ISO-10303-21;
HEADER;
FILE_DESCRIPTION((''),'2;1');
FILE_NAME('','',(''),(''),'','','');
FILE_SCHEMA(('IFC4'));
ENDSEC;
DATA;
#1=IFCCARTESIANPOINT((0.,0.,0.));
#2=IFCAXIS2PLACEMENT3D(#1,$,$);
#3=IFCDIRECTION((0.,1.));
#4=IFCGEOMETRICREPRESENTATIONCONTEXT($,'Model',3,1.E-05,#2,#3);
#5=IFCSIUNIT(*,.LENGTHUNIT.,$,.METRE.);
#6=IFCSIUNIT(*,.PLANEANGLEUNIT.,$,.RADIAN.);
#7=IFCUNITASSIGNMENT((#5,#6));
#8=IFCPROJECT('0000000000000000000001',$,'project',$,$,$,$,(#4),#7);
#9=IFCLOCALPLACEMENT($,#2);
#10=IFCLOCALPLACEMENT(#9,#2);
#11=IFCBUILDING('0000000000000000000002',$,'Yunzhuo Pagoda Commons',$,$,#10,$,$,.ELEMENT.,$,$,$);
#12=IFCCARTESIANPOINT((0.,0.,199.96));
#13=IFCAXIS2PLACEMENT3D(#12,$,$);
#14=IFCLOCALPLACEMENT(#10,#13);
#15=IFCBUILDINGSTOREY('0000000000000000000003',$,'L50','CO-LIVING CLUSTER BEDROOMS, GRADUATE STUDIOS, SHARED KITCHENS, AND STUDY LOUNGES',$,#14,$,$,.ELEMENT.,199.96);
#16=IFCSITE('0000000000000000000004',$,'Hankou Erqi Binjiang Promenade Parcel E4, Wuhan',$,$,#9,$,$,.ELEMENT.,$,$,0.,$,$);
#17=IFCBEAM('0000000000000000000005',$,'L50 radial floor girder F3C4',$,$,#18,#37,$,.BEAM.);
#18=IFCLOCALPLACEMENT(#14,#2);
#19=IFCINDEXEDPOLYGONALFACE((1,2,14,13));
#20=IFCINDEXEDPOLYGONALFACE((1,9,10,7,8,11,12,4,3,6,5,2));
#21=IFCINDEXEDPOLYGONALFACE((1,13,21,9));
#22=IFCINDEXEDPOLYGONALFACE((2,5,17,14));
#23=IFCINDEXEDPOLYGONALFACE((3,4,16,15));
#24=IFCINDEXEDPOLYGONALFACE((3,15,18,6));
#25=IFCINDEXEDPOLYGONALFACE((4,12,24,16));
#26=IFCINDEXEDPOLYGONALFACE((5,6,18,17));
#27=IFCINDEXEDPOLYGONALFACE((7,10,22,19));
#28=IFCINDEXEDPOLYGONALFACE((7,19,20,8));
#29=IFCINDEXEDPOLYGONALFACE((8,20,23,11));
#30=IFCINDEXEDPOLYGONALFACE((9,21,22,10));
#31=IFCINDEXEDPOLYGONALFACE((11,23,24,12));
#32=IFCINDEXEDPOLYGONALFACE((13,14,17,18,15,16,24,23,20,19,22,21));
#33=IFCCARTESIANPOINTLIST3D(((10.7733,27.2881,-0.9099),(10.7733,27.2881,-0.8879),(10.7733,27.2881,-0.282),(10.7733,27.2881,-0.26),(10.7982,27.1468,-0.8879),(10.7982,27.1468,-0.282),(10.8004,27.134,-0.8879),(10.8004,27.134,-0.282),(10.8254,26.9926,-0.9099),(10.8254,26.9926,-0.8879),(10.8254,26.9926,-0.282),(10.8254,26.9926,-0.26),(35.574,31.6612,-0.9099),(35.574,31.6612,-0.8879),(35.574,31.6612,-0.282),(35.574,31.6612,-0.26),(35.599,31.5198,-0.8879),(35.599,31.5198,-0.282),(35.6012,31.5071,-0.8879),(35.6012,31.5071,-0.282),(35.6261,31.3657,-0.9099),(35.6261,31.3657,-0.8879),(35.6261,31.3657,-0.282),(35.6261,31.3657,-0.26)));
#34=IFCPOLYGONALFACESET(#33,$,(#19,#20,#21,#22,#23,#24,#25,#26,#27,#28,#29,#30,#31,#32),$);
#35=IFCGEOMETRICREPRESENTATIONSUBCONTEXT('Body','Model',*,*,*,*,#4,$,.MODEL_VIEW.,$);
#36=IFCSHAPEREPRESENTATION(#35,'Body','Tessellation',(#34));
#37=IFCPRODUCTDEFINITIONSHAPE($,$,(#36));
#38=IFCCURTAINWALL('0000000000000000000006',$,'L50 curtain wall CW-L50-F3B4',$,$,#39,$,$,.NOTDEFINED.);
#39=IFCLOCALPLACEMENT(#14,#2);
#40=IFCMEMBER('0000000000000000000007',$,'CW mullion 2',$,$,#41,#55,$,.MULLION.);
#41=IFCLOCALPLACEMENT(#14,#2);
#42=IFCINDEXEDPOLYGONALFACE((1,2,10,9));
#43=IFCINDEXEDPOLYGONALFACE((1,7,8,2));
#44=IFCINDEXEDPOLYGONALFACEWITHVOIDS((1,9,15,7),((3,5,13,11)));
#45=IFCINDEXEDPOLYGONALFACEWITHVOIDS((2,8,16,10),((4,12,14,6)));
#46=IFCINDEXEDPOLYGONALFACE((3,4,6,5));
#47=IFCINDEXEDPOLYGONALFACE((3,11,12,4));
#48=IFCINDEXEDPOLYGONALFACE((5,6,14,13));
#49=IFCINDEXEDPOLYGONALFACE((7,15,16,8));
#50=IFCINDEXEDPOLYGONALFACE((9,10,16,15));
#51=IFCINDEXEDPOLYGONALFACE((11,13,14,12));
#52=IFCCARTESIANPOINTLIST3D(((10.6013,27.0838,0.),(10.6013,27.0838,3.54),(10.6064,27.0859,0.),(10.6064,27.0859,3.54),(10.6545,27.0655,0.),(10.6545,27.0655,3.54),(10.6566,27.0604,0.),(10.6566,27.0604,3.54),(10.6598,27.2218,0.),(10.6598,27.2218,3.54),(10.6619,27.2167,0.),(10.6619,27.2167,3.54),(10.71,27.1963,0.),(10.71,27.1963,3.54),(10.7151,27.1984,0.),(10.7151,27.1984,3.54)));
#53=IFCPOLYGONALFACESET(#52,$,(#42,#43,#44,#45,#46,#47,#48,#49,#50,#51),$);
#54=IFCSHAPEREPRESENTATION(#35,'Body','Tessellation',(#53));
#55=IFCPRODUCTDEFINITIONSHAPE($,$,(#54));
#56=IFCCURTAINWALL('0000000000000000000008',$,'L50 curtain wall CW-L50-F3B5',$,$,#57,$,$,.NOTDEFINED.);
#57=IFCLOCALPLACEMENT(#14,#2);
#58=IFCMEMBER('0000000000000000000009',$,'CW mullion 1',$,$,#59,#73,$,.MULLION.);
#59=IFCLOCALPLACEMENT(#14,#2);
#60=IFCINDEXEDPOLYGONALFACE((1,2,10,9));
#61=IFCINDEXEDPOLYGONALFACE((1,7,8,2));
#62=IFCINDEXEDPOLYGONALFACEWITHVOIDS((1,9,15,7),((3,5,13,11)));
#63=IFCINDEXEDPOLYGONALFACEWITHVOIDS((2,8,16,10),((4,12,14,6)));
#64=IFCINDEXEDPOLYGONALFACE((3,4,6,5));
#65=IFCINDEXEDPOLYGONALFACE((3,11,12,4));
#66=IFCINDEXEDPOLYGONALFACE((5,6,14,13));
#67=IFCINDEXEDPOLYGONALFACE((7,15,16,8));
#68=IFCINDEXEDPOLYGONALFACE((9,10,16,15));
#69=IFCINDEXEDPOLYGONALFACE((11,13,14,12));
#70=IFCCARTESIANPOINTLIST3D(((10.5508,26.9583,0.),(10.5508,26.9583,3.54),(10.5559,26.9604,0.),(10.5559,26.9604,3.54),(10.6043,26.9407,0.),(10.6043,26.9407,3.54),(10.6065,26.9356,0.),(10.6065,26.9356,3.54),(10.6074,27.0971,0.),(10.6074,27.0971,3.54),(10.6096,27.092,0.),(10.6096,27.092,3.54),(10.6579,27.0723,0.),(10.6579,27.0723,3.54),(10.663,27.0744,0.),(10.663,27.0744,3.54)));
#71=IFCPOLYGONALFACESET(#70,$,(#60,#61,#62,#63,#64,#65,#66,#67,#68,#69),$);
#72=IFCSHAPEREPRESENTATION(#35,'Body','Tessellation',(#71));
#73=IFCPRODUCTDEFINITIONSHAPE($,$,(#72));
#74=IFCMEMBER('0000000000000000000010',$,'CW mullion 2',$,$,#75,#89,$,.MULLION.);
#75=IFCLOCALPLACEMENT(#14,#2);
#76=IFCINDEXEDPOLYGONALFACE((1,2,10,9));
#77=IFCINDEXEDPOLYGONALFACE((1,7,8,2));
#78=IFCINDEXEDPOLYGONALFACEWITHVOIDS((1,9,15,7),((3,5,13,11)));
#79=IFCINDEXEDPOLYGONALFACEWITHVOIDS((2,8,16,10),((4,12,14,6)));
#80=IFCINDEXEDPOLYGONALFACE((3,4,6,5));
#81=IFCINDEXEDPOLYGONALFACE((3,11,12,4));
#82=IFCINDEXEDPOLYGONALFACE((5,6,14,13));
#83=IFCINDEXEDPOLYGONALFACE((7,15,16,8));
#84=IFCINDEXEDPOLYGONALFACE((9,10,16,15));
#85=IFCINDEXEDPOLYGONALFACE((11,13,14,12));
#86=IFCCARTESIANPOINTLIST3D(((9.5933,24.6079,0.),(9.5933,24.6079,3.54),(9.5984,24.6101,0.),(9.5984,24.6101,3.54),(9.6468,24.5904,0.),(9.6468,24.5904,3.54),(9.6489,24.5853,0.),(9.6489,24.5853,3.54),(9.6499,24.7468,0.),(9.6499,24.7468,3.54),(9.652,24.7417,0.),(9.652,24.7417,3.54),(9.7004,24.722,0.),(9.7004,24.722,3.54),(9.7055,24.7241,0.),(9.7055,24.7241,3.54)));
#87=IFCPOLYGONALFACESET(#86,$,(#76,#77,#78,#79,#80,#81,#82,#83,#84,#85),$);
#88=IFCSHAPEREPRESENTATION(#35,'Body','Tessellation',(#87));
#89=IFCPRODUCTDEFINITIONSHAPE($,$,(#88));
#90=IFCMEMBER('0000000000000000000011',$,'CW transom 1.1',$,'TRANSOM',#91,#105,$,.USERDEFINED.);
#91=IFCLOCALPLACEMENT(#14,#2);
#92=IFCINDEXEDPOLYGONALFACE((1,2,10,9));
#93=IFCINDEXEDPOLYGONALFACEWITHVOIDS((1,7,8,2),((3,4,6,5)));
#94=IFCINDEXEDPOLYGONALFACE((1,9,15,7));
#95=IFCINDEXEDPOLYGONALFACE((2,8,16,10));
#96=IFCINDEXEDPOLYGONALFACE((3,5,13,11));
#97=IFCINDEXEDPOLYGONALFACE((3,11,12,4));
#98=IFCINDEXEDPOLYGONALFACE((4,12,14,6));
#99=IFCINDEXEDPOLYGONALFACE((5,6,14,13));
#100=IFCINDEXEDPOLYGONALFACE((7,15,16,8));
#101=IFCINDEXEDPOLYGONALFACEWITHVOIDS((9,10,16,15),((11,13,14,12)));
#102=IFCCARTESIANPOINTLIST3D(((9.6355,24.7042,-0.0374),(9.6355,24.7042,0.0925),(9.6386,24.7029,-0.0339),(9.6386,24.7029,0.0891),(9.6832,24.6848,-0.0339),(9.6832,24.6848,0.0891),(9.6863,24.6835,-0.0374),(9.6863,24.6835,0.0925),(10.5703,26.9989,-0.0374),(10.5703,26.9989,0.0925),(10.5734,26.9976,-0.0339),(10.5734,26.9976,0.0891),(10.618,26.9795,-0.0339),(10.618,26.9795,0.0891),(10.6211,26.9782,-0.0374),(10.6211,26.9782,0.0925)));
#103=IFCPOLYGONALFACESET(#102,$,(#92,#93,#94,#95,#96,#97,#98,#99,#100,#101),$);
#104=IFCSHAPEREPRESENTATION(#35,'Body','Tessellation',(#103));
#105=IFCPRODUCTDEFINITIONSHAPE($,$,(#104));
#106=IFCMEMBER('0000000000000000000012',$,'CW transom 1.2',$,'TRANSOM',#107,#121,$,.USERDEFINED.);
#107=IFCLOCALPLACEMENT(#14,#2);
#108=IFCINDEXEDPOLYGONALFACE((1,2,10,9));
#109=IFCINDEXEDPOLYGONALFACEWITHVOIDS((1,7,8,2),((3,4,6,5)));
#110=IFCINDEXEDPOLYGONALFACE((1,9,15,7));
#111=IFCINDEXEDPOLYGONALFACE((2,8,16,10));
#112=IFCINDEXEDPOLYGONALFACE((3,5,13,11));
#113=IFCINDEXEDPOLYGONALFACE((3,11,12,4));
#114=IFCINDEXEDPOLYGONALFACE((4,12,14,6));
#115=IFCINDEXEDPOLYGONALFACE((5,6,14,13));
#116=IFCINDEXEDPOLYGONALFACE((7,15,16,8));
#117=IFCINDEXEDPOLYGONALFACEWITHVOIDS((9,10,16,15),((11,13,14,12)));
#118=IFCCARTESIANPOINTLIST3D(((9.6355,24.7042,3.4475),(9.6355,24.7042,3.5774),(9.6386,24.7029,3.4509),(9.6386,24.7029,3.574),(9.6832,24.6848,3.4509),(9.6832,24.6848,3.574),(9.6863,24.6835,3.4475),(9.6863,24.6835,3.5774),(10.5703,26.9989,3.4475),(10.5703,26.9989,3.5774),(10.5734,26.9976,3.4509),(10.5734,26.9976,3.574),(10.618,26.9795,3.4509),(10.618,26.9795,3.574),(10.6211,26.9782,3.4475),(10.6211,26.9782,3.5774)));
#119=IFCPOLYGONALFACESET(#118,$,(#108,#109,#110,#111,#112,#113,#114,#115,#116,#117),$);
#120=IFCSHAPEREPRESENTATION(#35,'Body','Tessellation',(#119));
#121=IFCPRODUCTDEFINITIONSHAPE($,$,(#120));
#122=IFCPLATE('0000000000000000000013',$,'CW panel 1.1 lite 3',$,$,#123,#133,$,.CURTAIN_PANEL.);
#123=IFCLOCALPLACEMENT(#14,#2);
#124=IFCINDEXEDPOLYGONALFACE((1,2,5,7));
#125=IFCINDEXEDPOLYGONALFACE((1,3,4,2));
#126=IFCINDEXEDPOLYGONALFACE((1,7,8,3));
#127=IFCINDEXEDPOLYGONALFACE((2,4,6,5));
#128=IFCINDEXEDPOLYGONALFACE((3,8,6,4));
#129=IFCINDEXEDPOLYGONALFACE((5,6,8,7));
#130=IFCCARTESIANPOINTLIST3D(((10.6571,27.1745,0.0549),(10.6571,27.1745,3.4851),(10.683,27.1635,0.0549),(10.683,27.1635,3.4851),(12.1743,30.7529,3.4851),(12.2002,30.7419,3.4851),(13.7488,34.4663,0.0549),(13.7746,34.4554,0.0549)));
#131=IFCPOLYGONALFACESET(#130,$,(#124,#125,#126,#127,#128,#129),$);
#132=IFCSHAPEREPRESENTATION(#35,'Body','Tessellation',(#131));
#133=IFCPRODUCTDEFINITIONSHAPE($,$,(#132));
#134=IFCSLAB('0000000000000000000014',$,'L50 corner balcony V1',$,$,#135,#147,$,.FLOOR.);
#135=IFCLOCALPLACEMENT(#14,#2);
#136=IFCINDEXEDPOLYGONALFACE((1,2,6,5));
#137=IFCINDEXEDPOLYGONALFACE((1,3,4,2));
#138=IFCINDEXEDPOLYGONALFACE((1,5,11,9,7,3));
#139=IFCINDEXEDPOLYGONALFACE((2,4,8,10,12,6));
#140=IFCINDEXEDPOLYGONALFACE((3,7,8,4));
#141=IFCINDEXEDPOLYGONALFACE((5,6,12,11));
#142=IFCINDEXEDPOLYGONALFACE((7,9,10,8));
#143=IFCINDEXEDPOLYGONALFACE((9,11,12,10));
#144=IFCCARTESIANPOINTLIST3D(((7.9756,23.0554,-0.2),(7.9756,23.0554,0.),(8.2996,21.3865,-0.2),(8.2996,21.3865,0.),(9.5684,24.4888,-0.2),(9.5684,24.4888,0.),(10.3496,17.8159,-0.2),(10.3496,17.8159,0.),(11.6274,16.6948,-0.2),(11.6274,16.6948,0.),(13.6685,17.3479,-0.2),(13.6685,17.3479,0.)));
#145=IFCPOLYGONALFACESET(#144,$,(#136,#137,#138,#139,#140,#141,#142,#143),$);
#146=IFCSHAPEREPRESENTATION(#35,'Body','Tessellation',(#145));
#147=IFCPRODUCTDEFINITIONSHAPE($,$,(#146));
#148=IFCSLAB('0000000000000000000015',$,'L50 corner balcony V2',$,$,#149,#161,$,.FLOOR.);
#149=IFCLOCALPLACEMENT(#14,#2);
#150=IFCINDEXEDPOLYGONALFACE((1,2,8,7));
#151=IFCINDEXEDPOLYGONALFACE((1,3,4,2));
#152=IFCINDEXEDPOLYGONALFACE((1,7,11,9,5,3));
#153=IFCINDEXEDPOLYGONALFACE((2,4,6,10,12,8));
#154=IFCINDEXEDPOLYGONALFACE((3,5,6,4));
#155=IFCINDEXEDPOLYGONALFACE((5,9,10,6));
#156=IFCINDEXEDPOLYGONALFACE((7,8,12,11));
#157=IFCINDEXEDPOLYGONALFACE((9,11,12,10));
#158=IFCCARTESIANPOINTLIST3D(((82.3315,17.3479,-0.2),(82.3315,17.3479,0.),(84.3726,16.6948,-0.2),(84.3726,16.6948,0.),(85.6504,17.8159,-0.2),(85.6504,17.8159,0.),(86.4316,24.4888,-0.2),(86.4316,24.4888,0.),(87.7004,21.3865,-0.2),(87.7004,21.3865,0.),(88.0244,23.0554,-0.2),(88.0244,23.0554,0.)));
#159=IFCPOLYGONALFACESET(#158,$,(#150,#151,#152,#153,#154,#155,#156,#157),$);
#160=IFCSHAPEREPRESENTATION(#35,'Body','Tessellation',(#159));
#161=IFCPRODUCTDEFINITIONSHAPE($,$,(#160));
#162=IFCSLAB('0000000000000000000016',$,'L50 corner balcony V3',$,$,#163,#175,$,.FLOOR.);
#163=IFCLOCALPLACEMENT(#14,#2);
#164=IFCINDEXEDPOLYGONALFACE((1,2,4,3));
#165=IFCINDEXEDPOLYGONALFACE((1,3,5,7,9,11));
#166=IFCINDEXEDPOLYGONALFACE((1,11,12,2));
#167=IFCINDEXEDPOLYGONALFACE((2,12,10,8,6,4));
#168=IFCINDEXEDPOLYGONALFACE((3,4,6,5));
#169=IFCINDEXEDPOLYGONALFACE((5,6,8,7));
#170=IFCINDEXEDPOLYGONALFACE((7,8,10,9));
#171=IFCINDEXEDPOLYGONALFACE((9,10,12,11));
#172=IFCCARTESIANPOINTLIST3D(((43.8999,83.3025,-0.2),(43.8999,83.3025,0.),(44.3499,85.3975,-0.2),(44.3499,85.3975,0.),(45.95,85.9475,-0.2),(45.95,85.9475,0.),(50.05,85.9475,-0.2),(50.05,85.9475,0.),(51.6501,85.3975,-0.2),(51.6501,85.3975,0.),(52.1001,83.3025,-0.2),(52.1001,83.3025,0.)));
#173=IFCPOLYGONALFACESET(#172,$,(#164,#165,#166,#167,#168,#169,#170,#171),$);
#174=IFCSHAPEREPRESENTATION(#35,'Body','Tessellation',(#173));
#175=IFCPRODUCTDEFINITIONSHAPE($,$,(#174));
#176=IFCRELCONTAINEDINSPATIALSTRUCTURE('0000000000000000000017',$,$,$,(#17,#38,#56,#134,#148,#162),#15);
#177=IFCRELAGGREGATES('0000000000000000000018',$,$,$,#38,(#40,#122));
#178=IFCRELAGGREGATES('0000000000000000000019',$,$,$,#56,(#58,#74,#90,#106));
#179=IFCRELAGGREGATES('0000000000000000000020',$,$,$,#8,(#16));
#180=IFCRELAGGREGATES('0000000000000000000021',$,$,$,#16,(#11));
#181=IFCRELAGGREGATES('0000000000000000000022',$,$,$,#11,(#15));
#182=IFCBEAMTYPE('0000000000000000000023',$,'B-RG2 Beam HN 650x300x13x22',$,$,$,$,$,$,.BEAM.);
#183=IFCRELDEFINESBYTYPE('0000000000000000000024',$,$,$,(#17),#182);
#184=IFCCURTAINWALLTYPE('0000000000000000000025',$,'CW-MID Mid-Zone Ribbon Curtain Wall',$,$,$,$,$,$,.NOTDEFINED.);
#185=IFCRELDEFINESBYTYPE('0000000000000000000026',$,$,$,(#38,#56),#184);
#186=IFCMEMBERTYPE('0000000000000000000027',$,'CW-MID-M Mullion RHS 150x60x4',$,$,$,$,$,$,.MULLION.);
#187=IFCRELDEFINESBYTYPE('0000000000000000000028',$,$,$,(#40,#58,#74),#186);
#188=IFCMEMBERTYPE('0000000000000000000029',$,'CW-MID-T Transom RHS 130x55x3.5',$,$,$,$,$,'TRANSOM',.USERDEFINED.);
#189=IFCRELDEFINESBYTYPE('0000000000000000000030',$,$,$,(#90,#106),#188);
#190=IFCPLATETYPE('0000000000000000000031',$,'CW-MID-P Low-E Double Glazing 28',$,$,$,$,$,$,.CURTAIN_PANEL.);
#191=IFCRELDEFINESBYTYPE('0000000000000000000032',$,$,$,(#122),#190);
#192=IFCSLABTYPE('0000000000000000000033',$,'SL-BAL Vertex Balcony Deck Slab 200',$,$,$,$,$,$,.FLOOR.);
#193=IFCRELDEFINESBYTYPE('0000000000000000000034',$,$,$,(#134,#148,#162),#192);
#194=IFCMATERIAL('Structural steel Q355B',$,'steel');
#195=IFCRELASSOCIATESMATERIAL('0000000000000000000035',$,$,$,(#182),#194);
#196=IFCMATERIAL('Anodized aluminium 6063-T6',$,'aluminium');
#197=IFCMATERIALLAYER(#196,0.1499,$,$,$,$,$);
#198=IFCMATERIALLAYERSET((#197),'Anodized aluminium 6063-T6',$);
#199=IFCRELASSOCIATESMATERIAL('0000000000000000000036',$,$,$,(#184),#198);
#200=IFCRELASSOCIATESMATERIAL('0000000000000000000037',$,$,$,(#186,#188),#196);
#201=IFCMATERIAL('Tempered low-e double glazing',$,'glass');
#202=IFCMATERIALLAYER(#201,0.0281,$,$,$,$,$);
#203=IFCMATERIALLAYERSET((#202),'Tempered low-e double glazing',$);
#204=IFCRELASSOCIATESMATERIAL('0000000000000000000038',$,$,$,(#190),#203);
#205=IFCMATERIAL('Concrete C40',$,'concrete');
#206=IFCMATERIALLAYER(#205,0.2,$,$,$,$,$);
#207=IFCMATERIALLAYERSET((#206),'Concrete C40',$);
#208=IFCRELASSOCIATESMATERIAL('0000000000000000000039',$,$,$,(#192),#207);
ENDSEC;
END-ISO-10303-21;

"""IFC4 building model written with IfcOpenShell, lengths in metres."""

from ifc_helpers import new_model, si_unit, direction, frame, origin, origin_2d, place, context, subcontext, project, spatial, polyline, hollow_rectangle, i_section, outline, extrude, source, transform, mapped, material, layer, layer_set, material_profile, profile_set, type_object, element, aggregate, save


model = new_model("IFC4")

# Units and contexts
model_context = context("Model", 3, precision=1e-05, world=origin(), true_north=direction((0.0, 1.0)))
body_context = subcontext(model_context, "Body", "Model", "MODEL_VIEW")
ifc_project = project(units=[si_unit("LENGTHUNIT", "METRE"), si_unit("PLANEANGLEUNIT", "RADIAN")], contexts=[model_context])

# Site, building, storey
site_placement = place(None, origin())
site = spatial("IfcSite", under=ifc_project, at=site_placement, Name="Hankou Erqi Binjiang Promenade Parcel E4, Wuhan", CompositionType="ELEMENT", RefElevation=0.0)
building_placement = place(site_placement, origin())
building = spatial("IfcBuilding", under=site, at=building_placement, Name="Yunzhuo Pagoda Commons", CompositionType="ELEMENT")
storey_placement = place(building_placement, frame((0.0, 0.0, 199.96)))
storey = spatial("IfcBuildingStorey", under=building, at=storey_placement, Name="L50", Description="CO-LIVING CLUSTER BEDROOMS, GRADUATE STUDIOS, SHARED KITCHENS, AND STUDY LOUNGES", CompositionType="ELEMENT", Elevation=199.96)

# Beam
ifc_material_1 = material(Name="Structural steel Q355B", Category="steel")
ifc_material_profile_1 = material_profile(ifc_material_1, i_section(OverallWidth=0.3, OverallDepth=0.6499, WebThickness=0.0129, FlangeThickness=0.022, at=origin_2d()), Name="Structural steel Q355B")
ifc_profile_set_1 = profile_set([ifc_material_profile_1], Name="Structural steel Q355B")
beam_type = type_object("IfcBeamType", Name="B-RG2 Beam HN 650x300x13x22", PredefinedType="BEAM", material=ifc_profile_set_1)
shared_shape_1 = source(origin(), body_context, "Body", "SweptSolid", [
    extrude(i_section(OverallWidth=0.3, OverallDepth=0.6499, WebThickness=0.0129, FlangeThickness=0.022, at=origin_2d()), origin(), (0.0, 0.0, 1.0), 25.1833),
])
beam_placement = place(storey_placement, frame((10.7993, 27.1404, -0.585), z_axis=(0.984808, 0.173648, 0.0), x_axis=(-0.173648, 0.984808, 0.0)))
element("IfcBeam", 1, at=beam_placement, inside=storey, type_object=beam_type, Name="L50 radial floor girder F3C4", PredefinedType="BEAM", context=body_context, shape_type="MappedRepresentation", body=[
    mapped(shared_shape_1, transform((0.0, 0.0, 0.0), scale=1.0)),
])

# Curtain wall, member
ifc_material_2 = material(Name="Anodized aluminium 6063-T6", Category="aluminium")
ifc_layer_1 = layer(ifc_material_2, 0.1499)
ifc_layer_set_1 = layer_set([ifc_layer_1], Name="Anodized aluminium 6063-T6")
curtain_wall_type = type_object("IfcCurtainWallType", Name="CW-MID Mid-Zone Ribbon Curtain Wall", PredefinedType="NOTDEFINED", material=ifc_layer_set_1)
curtain_wall_1_placement = place(storey_placement, origin())
curtain_wall_1 = element("IfcCurtainWall", 2, at=curtain_wall_1_placement, inside=storey, type_object=curtain_wall_type, Name="L50 curtain wall CW-L50-F3B4", PredefinedType="NOTDEFINED")
ifc_material_profile_2 = material_profile(ifc_material_2, hollow_rectangle(XDim=0.0601, YDim=0.1499, WallThickness=0.0039, at=origin_2d()), Name="Anodized aluminium 6063-T6")
ifc_profile_set_2 = profile_set([ifc_material_profile_2], Name="Anodized aluminium 6063-T6")
member_type_1 = type_object("IfcMemberType", Name="CW-MID-M Mullion RHS 150x60x4", PredefinedType="MULLION", material=ifc_profile_set_2)
shared_shape_2 = source(origin(), body_context, "Body", "SweptSolid", [
    extrude(hollow_rectangle(XDim=0.0601, YDim=0.1499, WallThickness=0.0039, at=origin_2d()), origin(), (0.0, 0.0, 1.0), 3.54),
])
member_1_placement = place(storey_placement, frame((10.6582, 27.1411, 0.0), z_axis=(0.0, 0.0, 1.0), x_axis=(0.920667, -0.39035, 0.0)))
member_1 = element("IfcMember", 3, at=member_1_placement, type_object=member_type_1, Name="CW mullion 2", PredefinedType="MULLION", context=body_context, shape_type="MappedRepresentation", body=[
    mapped(shared_shape_2, transform((0.0, 0.0, 0.0), scale=1.0)),
])

# Curtain wall, members
curtain_wall_2_placement = place(storey_placement, origin())
curtain_wall_2 = element("IfcCurtainWall", 4, at=curtain_wall_2_placement, inside=storey, type_object=curtain_wall_type, Name="L50 curtain wall CW-L50-F3B5", PredefinedType="NOTDEFINED")
member_2_placement = place(storey_placement, frame((10.6069, 27.0164, 0.0), z_axis=(0.0, 0.0, 1.0), x_axis=(0.926071, -0.377349, 0.0)))
member_2 = element("IfcMember", 5, at=member_2_placement, type_object=member_type_1, Name="CW mullion 1", PredefinedType="MULLION", context=body_context, shape_type="MappedRepresentation", body=[
    mapped(shared_shape_2, transform((0.0, 0.0, 0.0), scale=1.0)),
])
member_3_placement = place(storey_placement, frame((9.6494, 24.666, 0.0), z_axis=(0.0, 0.0, 1.0), x_axis=(0.926071, -0.377349, 0.0)))
member_3 = element("IfcMember", 6, at=member_3_placement, type_object=member_type_1, Name="CW mullion 2", PredefinedType="MULLION", context=body_context, shape_type="MappedRepresentation", body=[
    mapped(shared_shape_2, transform((0.0, 0.0, 0.0), scale=1.0)),
])
ifc_material_profile_3 = material_profile(ifc_material_2, hollow_rectangle(XDim=0.0549, YDim=0.1299, WallThickness=0.0034, at=origin_2d()), Name="Anodized aluminium 6063-T6")
ifc_profile_set_3 = profile_set([ifc_material_profile_3], Name="Anodized aluminium 6063-T6")
member_type_2 = type_object("IfcMemberType", Name="CW-MID-T Transom RHS 130x55x3.5", ElementType="TRANSOM", PredefinedType="USERDEFINED", material=ifc_profile_set_3)
shared_shape_3 = source(origin(), body_context, "Body", "SweptSolid", [
    extrude(hollow_rectangle(XDim=0.0549, YDim=0.1299, WallThickness=0.0034, at=origin_2d()), origin(), (0.0, 0.0, 1.0), 2.4778),
])
member_4_placement = place(storey_placement, frame((10.5957, 26.9885, 0.0276), z_axis=(-0.377278, -0.9261, 0.0), x_axis=(0.9261, -0.377278, 0.0)))
member_4 = element("IfcMember", 7, at=member_4_placement, type_object=member_type_2, Name="CW transom 1.1", ObjectType="TRANSOM", PredefinedType="USERDEFINED", context=body_context, shape_type="MappedRepresentation", body=[
    mapped(shared_shape_3, transform((0.0, 0.0, 0.0), scale=1.0)),
])
member_5_placement = place(storey_placement, frame((10.5957, 26.9885, 3.5125), z_axis=(-0.377278, -0.9261, 0.0), x_axis=(0.9261, -0.377278, 0.0)))
member_5 = element("IfcMember", 8, at=member_5_placement, type_object=member_type_2, Name="CW transom 1.2", ObjectType="TRANSOM", PredefinedType="USERDEFINED", context=body_context, shape_type="MappedRepresentation", body=[
    mapped(shared_shape_3, transform((0.0, 0.0, 0.0), scale=1.0)),
])

# Plate
ifc_material_3 = material(Name="Tempered low-e double glazing", Category="glass")
ifc_layer_2 = layer(ifc_material_3, 0.0281)
ifc_layer_set_2 = layer_set([ifc_layer_2], Name="Tempered low-e double glazing")
plate_type_1 = type_object("IfcPlateType", Name="CW-MID-P Low-E Double Glazing 28", PredefinedType="CURTAIN_PANEL", material=ifc_layer_set_2)
plate_1_placement = place(storey_placement, frame((12.2288, 30.8093, 1.77), z_axis=(-0.920667, 0.39035, 0.0), x_axis=(-0.39035, -0.920667, 0.0)))
plate_1 = element("IfcPlate", 9, at=plate_1_placement, type_object=plate_type_1, Name="CW panel 1.1 lite 3", PredefinedType="CURTAIN_PANEL", context=body_context, shape_type="SweptSolid", body=[
    extrude(outline(polyline([(-3.9602, -1.7151), (3.96, -1.7151), (3.96, 1.7151), (0.0732, 1.7151), (-3.9602, -1.7151)])), origin(), (0.0, 0.0, 1.0), 0.0281),
])
aggregate(curtain_wall_1, [member_1, plate_1])

# Slabs
ifc_material_4 = material(Name="Concrete C40", Category="concrete")
ifc_layer_3 = layer(ifc_material_4, 0.2)
ifc_layer_set_3 = layer_set([ifc_layer_3], Name="Concrete C40")
slab_type_1 = type_object("IfcSlabType", Name="SL-BAL Vertex Balcony Deck Slab 200", PredefinedType="FLOOR", material=ifc_layer_set_3)
slab_1_placement = place(storey_placement, frame((0.0, 0.0, -0.2)))
element("IfcSlab", 10, at=slab_1_placement, inside=storey, type_object=slab_type_1, Name="L50 corner balcony V1", PredefinedType="FLOOR", context=body_context, shape_type="SweptSolid", body=[
    extrude(outline(polyline([(9.5684, 24.4888), (13.6685, 17.3479), (11.6274, 16.6948), (10.3496, 17.8159), (8.2996, 21.3865), (7.9756, 23.0554), (9.5684, 24.4888)])), origin(), (0.0, 0.0, 1.0), 0.2),
])
slab_2_placement = place(storey_placement, frame((0.0, 0.0, -0.2)))
element("IfcSlab", 11, at=slab_2_placement, inside=storey, type_object=slab_type_1, Name="L50 corner balcony V2", PredefinedType="FLOOR", context=body_context, shape_type="SweptSolid", body=[
    extrude(outline(polyline([(82.3315, 17.3479), (86.4316, 24.4888), (88.0244, 23.0554), (87.7004, 21.3865), (85.6504, 17.8159), (84.3726, 16.6948), (82.3315, 17.3479)])), origin(), (0.0, 0.0, 1.0), 0.2),
])
slab_3_placement = place(storey_placement, frame((0.0, 0.0, -0.2)))
element("IfcSlab", 12, at=slab_3_placement, inside=storey, type_object=slab_type_1, Name="L50 corner balcony V3", PredefinedType="FLOOR", context=body_context, shape_type="SweptSolid", body=[
    extrude(outline(polyline([(52.1001, 83.3025), (43.8999, 83.3025), (44.3499, 85.3975), (45.95, 85.9475), (50.05, 85.9475), (51.6501, 85.3975), (52.1001, 83.3025)])), origin(), (0.0, 0.0, 1.0), 0.2),
])

aggregate(curtain_wall_2, [member_2, member_3, member_4, member_5])

save(model, "model.ifc")
